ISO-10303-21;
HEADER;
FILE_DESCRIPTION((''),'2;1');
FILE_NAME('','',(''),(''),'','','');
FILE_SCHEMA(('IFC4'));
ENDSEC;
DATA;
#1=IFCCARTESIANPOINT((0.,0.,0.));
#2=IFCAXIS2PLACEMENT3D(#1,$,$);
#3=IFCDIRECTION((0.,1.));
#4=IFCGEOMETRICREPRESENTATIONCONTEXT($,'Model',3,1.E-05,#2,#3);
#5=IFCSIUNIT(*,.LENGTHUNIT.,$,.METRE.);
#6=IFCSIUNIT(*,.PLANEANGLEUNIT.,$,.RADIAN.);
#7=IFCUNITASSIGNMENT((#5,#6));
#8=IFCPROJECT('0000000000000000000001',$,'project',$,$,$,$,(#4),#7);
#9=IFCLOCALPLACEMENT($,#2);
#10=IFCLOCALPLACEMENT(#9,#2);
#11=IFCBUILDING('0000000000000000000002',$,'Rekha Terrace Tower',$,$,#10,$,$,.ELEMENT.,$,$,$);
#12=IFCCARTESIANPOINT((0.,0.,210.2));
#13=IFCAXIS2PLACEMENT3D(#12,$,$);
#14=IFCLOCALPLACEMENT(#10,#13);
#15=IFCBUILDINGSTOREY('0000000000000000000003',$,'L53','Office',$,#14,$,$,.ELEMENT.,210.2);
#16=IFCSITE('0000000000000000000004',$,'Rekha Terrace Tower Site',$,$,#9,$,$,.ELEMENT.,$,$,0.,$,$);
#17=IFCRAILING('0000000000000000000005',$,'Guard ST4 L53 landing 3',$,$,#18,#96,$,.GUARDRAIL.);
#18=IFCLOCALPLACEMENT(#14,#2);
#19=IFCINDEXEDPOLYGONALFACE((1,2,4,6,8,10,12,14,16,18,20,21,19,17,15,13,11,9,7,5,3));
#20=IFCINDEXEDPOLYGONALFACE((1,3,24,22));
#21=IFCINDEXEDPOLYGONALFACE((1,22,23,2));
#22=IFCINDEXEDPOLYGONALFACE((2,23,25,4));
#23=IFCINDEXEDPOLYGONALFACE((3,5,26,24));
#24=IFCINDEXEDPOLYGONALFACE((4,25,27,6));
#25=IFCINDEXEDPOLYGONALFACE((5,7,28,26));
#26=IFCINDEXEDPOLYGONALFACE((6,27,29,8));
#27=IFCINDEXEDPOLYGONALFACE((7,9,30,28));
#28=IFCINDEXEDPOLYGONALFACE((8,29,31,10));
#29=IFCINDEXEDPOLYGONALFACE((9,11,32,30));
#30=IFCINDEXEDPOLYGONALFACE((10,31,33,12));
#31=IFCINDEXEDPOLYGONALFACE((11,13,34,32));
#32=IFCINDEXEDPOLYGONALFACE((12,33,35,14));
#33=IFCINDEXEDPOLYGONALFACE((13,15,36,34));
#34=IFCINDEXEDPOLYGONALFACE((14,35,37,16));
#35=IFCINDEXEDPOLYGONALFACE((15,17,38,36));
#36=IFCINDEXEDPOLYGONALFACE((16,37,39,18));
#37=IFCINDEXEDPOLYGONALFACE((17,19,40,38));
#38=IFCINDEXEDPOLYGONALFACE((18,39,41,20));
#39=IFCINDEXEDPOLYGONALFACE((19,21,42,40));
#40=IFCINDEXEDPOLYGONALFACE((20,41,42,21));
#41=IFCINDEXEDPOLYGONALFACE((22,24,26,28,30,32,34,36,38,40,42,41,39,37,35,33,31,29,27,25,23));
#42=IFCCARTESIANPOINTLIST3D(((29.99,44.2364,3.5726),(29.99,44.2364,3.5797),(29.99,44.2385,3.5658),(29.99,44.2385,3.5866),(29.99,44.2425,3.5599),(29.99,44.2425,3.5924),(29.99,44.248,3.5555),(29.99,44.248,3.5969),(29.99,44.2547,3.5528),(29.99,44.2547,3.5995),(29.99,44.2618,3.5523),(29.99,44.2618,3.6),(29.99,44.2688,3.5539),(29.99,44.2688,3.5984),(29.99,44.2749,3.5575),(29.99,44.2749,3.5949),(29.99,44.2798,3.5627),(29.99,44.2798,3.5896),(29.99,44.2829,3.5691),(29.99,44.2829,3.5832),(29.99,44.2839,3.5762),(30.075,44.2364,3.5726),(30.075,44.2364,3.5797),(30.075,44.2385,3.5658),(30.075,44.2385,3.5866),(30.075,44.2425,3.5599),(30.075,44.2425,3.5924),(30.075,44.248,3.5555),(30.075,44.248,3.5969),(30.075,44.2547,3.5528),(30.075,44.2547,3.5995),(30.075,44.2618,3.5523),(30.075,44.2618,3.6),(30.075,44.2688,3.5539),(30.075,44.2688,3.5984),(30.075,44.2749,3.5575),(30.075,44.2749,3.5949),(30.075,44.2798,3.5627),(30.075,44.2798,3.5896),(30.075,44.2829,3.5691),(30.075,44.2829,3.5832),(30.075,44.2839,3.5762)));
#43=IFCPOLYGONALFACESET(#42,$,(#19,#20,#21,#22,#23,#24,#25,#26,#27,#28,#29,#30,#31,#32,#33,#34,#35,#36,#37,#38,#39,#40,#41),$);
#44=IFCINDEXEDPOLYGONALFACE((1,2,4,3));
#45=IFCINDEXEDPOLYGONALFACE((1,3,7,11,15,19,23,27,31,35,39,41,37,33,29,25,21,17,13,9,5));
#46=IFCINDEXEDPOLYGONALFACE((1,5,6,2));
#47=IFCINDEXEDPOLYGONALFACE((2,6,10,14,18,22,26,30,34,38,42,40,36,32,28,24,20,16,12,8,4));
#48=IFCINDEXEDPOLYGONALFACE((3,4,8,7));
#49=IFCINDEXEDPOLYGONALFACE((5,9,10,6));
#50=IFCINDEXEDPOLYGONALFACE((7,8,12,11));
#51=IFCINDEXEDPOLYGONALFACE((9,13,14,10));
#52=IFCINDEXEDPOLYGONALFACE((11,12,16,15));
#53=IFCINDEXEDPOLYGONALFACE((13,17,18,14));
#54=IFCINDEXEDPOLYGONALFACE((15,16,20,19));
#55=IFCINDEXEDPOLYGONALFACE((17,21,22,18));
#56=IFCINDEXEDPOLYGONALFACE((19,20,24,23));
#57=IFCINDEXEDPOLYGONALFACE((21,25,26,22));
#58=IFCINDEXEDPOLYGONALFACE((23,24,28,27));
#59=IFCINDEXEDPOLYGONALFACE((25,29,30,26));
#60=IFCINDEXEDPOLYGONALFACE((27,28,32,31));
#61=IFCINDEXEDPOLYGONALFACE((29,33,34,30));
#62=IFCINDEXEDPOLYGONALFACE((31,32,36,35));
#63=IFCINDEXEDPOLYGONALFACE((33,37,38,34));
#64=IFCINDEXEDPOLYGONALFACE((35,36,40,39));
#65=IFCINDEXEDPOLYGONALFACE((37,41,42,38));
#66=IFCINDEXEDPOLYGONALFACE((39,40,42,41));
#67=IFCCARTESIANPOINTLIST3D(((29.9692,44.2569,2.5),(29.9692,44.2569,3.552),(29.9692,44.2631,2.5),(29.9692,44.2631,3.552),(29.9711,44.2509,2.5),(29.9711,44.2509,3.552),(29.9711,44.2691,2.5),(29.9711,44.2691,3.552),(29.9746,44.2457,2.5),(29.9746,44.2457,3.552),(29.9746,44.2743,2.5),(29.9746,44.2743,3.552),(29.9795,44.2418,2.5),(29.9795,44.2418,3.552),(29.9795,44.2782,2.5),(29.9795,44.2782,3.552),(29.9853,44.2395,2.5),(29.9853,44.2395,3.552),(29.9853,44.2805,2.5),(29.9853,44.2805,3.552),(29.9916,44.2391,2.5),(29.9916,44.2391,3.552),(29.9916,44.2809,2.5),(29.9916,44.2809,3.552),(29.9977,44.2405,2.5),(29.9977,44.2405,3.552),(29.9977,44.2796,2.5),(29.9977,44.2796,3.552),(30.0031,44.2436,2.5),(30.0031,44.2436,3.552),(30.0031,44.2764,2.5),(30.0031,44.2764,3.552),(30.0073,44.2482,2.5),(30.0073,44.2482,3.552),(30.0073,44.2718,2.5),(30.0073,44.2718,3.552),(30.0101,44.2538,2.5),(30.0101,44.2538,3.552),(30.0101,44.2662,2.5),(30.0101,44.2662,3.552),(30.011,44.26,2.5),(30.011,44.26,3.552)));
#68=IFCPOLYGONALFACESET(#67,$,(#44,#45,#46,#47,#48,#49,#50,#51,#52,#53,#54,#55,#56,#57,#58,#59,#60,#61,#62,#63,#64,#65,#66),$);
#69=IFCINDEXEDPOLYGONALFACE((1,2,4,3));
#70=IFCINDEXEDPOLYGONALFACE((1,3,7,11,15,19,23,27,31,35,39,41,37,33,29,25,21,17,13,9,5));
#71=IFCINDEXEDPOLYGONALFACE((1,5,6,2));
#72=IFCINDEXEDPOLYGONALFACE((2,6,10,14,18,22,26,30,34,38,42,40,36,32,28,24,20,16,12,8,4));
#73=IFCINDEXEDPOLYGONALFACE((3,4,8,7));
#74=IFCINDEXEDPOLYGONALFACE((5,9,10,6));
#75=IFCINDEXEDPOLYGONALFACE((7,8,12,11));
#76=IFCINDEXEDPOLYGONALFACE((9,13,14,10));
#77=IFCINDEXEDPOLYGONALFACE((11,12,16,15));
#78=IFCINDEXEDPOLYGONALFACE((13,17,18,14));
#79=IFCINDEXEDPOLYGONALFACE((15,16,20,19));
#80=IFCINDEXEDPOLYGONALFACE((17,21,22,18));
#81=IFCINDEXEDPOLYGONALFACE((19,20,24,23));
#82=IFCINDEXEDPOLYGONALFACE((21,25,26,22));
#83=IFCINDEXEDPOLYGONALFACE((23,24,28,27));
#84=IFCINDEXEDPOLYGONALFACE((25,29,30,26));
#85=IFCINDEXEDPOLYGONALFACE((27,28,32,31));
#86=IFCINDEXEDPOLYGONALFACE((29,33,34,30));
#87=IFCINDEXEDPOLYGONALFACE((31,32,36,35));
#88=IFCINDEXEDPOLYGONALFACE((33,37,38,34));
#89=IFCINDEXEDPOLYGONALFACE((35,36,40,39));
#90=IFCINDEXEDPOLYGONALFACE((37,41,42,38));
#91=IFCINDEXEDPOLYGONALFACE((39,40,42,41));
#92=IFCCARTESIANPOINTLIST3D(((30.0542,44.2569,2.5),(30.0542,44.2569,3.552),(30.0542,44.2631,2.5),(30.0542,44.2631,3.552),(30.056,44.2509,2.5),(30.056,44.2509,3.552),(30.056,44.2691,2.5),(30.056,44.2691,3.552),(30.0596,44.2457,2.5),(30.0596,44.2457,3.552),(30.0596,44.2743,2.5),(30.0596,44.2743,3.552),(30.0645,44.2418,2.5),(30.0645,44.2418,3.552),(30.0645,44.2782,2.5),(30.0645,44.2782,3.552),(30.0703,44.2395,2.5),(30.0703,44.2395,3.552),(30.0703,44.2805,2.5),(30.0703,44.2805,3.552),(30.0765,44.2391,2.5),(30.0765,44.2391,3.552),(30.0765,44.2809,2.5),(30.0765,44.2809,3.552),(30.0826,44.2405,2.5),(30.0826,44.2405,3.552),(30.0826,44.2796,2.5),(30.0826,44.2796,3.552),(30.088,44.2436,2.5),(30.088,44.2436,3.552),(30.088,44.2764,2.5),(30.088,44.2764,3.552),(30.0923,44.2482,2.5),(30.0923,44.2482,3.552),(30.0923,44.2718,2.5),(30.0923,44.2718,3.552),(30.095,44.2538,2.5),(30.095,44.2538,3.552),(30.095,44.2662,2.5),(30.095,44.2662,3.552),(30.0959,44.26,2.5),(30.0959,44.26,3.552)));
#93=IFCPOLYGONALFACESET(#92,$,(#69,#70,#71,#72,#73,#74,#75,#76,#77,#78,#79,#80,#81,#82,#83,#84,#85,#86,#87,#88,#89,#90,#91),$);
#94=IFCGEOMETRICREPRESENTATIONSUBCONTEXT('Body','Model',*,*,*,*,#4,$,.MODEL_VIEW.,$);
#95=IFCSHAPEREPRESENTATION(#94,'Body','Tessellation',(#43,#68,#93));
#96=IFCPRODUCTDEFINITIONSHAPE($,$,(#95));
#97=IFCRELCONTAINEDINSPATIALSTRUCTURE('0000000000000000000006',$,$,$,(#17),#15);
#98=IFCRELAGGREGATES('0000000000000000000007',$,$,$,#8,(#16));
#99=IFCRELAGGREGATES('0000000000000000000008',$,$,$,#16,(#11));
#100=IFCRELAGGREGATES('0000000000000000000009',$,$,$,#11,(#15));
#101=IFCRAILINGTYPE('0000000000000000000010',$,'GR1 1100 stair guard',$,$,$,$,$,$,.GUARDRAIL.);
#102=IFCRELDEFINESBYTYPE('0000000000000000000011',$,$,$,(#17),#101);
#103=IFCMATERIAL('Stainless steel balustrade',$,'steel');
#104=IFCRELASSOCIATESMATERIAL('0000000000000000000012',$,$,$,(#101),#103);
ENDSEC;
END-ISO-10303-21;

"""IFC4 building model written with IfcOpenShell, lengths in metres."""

from ifc_helpers import new_model, si_unit, direction, frame, origin, origin_2d, place, context, subcontext, project, spatial, circle, extrude, material, type_object, element, save


model = new_model("IFC4")

# Units and contexts
model_context = context("Model", 3, precision=1e-05, world=origin(), true_north=direction((0.0, 1.0)))
body_context = subcontext(model_context, "Body", "Model", "MODEL_VIEW")
ifc_project = project(units=[si_unit("LENGTHUNIT", "METRE"), si_unit("PLANEANGLEUNIT", "RADIAN")], contexts=[model_context])

# Site, building, storey
site_placement = place(None, origin())
site = spatial("IfcSite", under=ifc_project, at=site_placement, Name="Rekha Terrace Tower Site", CompositionType="ELEMENT", RefElevation=0.0)
building_placement = place(site_placement, origin())
building = spatial("IfcBuilding", under=site, at=building_placement, Name="Rekha Terrace Tower", CompositionType="ELEMENT")
storey_placement = place(building_placement, frame((0.0, 0.0, 210.2)))
storey = spatial("IfcBuildingStorey", under=building, at=storey_placement, Name="L53", Description="Office", CompositionType="ELEMENT", Elevation=210.2)

# Railing
ifc_material_1 = material(Name="Stainless steel balustrade", Category="steel")
railing_type_1 = type_object("IfcRailingType", Name="GR1 1100 stair guard", PredefinedType="GUARDRAIL", material=ifc_material_1)
railing_1_placement = place(storey_placement, frame((29.99, 44.26, 2.5)))
element("IfcRailing", 1, at=railing_1_placement, inside=storey, type_object=railing_type_1, Name="Guard ST4 L53 landing 3", PredefinedType="GUARDRAIL", context=body_context, shape_type="SweptSolid", body=[
    extrude(circle(Radius=0.0239, at=origin_2d()), frame((0.0, 0.0, 1.0762), z_axis=(1.0, 0.0, 0.0), x_axis=(0.0, 1.0, 0.0)), (0.0, 0.0, 1.0), 0.085),
    extrude(circle(Radius=0.021, at=origin_2d()), origin(), (0.0, 0.0, 1.0), 1.052),
    extrude(circle(Radius=0.021, at=origin_2d()), frame((0.085, 0.0, 0.0)), (0.0, 0.0, 1.0), 1.052),
])

save(model, "model.ifc")
